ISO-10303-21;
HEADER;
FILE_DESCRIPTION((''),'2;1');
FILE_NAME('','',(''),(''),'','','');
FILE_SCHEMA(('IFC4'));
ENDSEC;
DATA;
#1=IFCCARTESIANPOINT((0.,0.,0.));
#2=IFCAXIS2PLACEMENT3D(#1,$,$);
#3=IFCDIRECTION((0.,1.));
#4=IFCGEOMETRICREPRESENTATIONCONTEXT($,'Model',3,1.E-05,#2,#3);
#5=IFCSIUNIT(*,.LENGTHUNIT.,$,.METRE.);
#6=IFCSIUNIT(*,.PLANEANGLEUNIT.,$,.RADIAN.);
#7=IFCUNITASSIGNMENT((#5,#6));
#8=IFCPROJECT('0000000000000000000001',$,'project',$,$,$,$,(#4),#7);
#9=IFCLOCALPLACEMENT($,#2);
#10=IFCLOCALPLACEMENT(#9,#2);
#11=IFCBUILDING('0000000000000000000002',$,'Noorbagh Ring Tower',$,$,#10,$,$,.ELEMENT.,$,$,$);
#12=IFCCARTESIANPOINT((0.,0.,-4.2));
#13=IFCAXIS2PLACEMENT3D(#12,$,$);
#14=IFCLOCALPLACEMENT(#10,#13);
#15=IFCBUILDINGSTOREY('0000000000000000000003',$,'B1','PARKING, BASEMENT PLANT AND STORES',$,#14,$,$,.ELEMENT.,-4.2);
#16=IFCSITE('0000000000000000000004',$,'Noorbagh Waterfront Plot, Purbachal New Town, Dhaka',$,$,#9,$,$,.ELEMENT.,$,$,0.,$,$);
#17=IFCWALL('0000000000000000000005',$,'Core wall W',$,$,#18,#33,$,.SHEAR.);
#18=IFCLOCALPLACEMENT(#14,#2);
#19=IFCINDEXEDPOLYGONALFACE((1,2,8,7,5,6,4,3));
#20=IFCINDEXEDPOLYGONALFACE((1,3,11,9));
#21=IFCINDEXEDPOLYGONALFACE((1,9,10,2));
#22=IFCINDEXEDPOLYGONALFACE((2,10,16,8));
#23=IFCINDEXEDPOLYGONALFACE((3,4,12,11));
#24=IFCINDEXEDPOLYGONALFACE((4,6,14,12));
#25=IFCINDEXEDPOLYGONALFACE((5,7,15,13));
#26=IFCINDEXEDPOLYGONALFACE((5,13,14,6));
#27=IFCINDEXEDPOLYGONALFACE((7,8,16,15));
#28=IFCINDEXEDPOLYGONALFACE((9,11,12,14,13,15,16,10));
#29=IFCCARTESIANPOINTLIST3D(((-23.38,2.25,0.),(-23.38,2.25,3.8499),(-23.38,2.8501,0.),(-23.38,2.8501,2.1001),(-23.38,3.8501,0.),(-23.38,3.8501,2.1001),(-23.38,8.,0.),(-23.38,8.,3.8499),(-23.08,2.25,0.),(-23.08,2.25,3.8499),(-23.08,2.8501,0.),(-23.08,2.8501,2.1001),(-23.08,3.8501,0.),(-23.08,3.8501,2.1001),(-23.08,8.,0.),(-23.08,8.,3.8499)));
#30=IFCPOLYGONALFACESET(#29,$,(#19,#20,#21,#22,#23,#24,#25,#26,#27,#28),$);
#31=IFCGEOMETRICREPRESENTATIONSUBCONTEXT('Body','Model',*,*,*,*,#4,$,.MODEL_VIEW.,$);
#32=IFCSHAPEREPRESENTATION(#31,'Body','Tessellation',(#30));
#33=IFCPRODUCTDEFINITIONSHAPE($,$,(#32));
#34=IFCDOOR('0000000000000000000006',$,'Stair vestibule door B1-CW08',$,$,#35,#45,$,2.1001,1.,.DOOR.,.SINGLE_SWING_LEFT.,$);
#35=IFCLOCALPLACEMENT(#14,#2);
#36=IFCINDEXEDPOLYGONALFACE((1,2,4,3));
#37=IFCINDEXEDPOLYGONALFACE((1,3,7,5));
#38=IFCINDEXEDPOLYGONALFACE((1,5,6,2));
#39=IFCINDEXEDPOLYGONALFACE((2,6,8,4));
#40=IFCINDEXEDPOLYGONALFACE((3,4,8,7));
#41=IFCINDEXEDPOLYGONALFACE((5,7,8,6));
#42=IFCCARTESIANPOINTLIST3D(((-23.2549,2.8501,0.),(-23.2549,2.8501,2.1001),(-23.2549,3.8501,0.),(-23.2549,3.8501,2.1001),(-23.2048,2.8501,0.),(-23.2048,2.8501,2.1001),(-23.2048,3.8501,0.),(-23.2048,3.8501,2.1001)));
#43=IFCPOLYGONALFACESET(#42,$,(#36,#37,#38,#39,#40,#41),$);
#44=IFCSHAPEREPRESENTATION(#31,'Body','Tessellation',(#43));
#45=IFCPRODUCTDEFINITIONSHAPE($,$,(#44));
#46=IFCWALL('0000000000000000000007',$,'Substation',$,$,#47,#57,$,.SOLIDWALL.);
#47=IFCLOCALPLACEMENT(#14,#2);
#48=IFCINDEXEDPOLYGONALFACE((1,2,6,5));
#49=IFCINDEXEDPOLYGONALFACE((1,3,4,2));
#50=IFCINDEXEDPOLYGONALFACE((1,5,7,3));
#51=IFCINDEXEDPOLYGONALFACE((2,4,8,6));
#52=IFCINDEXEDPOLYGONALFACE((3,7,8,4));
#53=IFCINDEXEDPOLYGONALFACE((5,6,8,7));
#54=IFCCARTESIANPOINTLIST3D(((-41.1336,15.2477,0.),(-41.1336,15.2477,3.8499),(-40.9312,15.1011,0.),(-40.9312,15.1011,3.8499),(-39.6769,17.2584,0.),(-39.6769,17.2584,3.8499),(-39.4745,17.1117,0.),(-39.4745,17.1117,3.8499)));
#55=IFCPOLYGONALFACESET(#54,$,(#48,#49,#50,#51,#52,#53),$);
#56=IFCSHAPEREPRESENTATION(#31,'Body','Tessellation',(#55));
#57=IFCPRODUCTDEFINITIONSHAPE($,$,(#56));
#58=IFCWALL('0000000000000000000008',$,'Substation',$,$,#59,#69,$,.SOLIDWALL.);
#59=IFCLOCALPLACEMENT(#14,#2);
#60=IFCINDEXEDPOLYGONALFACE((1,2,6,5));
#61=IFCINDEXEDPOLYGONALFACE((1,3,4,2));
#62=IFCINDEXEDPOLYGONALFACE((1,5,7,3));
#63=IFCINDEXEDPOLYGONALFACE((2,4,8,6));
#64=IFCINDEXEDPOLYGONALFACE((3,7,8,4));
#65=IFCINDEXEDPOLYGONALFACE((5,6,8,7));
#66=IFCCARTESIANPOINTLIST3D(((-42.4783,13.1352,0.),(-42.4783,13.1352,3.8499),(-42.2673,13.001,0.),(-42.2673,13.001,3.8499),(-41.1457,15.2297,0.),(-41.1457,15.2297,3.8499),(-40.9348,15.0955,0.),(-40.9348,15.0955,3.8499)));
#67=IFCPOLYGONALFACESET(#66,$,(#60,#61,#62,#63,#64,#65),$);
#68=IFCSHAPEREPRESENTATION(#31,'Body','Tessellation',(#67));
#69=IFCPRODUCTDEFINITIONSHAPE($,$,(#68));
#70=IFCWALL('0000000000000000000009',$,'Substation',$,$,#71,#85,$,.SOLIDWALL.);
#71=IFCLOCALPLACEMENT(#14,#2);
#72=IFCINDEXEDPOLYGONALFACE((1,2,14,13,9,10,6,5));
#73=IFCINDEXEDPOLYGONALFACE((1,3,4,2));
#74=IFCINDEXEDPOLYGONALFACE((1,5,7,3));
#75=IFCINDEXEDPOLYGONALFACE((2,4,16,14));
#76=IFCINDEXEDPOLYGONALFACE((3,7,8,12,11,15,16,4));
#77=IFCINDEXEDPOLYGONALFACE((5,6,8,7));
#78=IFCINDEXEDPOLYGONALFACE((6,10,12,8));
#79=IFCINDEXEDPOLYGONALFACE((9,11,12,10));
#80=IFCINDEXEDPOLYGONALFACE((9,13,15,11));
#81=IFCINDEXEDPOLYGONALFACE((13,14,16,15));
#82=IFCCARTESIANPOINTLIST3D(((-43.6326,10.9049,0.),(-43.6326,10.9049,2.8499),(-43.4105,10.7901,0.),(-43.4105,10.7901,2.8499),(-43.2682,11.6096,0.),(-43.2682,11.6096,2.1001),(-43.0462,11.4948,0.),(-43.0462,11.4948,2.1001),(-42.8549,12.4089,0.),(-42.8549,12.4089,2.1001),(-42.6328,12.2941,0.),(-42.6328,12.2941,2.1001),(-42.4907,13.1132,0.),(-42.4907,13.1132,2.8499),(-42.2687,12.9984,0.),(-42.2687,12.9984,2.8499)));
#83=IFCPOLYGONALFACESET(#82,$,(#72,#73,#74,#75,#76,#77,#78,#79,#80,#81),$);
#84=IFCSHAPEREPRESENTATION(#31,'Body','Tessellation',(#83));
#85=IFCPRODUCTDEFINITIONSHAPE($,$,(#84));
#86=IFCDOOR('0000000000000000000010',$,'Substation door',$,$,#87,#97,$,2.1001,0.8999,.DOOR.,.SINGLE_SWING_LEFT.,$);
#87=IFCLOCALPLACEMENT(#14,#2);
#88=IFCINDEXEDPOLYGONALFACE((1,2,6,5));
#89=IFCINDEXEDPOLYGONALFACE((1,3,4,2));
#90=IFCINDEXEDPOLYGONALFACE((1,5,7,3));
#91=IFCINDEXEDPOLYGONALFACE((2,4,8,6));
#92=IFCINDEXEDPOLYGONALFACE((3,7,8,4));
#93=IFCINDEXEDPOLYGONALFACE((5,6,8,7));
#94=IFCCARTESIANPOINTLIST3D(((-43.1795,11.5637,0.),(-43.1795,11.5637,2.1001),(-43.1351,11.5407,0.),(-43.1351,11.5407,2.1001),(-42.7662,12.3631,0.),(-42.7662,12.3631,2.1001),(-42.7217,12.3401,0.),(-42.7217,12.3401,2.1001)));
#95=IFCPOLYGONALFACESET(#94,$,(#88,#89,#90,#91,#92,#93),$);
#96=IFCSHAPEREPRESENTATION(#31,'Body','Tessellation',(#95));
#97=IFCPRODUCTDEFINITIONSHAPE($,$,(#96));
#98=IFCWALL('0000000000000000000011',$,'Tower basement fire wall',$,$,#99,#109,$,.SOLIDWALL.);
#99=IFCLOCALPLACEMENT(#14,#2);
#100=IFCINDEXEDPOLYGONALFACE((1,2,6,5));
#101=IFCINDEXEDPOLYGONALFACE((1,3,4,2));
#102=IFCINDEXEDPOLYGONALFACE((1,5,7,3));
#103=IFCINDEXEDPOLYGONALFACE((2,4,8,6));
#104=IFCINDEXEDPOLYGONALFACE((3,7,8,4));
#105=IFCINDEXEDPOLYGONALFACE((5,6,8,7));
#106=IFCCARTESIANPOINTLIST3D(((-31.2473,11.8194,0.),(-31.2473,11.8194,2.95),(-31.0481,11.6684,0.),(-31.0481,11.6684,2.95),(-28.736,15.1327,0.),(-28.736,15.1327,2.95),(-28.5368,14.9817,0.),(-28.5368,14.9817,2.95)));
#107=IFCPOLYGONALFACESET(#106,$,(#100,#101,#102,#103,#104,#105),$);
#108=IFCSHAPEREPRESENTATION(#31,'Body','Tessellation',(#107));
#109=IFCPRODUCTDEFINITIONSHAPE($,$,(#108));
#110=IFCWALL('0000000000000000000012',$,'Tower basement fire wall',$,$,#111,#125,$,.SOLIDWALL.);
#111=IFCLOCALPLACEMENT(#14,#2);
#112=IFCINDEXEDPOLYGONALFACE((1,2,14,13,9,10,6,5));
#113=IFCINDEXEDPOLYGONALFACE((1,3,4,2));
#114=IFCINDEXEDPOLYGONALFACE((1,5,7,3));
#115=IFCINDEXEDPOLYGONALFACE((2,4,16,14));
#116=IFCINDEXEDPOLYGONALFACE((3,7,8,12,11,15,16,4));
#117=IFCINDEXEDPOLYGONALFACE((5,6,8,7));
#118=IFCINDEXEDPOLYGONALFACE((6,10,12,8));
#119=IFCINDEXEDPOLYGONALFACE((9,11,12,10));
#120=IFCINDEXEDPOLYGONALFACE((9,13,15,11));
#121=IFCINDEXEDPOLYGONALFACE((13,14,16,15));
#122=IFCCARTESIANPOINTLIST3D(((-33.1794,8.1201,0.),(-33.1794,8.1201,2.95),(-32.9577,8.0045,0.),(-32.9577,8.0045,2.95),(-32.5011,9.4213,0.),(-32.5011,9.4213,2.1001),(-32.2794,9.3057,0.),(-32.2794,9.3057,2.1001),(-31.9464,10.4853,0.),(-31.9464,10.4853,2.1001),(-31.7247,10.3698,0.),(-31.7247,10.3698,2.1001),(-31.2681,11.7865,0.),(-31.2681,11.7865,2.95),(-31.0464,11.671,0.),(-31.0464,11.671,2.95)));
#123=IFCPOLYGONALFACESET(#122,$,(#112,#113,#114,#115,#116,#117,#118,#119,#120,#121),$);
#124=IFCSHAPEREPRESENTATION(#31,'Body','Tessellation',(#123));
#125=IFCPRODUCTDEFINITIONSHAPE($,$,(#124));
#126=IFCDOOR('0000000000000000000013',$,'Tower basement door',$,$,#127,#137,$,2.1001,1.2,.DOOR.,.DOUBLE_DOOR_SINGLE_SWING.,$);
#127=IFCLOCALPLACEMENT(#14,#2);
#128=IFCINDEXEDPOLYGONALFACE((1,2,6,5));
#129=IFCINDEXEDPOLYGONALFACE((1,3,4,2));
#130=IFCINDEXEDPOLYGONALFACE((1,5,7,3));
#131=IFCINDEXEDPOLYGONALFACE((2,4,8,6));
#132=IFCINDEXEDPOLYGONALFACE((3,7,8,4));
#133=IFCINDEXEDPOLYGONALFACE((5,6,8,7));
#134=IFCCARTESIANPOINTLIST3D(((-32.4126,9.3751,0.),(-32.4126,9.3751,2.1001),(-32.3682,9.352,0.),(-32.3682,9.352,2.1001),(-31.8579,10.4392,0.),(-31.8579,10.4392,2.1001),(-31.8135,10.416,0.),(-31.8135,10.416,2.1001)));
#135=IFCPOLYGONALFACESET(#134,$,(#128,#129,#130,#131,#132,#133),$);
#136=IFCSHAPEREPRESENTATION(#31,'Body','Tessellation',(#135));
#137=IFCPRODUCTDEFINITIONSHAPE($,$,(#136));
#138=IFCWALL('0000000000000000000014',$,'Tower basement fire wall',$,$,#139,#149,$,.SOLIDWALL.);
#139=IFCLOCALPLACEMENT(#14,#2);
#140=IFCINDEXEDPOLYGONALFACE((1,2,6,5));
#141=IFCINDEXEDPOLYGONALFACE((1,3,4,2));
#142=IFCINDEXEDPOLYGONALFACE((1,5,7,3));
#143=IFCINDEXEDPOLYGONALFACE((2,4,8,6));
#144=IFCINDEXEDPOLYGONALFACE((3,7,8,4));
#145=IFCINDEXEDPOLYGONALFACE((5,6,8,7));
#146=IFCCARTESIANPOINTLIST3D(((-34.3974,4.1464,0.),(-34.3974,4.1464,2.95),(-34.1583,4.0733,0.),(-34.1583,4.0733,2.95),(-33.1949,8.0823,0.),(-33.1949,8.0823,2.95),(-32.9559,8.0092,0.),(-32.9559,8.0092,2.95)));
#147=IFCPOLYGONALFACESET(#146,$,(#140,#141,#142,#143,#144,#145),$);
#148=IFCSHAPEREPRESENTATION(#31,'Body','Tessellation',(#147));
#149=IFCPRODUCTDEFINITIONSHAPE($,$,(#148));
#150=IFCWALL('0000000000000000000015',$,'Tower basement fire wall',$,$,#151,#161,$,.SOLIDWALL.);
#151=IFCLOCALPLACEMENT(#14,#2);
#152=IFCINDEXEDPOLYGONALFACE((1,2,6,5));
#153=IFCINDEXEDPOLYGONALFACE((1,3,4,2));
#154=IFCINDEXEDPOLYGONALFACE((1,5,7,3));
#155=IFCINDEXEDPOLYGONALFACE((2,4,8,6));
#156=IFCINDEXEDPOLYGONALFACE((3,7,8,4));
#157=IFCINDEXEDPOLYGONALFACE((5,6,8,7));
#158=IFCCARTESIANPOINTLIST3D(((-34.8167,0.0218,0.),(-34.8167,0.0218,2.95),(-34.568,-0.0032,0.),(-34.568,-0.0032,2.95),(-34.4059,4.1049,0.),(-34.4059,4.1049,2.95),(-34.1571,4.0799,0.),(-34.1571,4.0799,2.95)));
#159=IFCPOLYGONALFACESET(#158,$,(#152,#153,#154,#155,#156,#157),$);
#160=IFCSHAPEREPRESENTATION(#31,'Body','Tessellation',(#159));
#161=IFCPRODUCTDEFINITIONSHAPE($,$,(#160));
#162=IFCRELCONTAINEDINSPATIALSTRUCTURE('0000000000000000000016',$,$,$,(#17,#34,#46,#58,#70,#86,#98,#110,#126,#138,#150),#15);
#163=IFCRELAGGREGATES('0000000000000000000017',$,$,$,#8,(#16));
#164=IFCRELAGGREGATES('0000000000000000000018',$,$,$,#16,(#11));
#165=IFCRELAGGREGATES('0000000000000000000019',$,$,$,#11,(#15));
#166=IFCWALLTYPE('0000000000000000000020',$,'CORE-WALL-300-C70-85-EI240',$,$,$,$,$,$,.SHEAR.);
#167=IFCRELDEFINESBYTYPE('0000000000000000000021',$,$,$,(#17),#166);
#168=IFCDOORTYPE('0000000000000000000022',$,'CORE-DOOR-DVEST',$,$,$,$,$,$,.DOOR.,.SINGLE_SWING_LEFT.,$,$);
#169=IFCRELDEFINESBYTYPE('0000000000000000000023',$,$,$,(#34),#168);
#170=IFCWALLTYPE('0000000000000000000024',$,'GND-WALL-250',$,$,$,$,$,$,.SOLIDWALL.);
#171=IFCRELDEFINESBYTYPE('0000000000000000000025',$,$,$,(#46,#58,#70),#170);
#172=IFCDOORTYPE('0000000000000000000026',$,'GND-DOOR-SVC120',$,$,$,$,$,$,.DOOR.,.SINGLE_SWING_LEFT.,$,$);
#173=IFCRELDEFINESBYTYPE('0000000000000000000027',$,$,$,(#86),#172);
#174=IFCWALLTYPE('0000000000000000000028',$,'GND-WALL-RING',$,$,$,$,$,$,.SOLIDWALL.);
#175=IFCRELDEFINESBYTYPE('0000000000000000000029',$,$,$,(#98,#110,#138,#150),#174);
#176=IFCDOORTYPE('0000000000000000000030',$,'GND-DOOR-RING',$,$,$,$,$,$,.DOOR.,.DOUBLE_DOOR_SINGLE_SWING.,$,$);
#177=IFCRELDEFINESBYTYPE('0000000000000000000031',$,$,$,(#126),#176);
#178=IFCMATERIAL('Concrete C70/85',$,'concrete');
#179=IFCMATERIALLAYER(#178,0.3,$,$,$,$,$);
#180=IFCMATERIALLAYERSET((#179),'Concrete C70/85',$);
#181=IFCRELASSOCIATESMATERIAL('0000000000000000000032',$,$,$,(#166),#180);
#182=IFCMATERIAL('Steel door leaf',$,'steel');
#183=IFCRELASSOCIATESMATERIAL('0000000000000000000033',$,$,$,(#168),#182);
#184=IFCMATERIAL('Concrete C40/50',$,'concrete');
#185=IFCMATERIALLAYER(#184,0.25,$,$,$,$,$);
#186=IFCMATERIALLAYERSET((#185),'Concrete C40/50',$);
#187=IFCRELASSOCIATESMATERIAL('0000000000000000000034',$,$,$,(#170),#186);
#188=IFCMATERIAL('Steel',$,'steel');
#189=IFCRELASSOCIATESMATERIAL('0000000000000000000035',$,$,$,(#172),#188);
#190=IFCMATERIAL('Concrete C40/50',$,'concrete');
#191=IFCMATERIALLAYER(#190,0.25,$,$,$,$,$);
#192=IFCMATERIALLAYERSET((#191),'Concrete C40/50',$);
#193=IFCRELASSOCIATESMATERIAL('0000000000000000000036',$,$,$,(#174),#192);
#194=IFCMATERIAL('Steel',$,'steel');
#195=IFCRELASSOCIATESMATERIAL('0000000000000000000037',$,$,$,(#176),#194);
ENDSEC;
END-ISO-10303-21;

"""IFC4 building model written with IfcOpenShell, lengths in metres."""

from ifc_helpers import new_model, si_unit, direction, frame, frame_2d, origin, place, context, subcontext, project, spatial, rectangle, extrude, material, layer, layer_set, type_object, element, fill, save


model = new_model("IFC4")

# Units and contexts
model_context = context("Model", 3, precision=1e-05, world=origin(), true_north=direction((0.0, 1.0)))
body_context = subcontext(model_context, "Body", "Model", "MODEL_VIEW")
ifc_project = project(units=[si_unit("LENGTHUNIT", "METRE"), si_unit("PLANEANGLEUNIT", "RADIAN")], contexts=[model_context])

# Site, building, storey
site_placement = place(None, origin())
site = spatial("IfcSite", under=ifc_project, at=site_placement, Name="Noorbagh Waterfront Plot, Purbachal New Town, Dhaka", CompositionType="ELEMENT", RefElevation=0.0)
building_placement = place(site_placement, origin())
building = spatial("IfcBuilding", under=site, at=building_placement, Name="Noorbagh Ring Tower", CompositionType="ELEMENT")
storey_placement = place(building_placement, frame((0.0, 0.0, -4.2)))
storey = spatial("IfcBuildingStorey", under=building, at=storey_placement, Name="B1", Description="PARKING, BASEMENT PLANT AND STORES", CompositionType="ELEMENT", Elevation=-4.2)

# Wall, opening, door
ifc_material_1 = material(Name="Concrete C70/85", Category="concrete")
ifc_layer_1 = layer(ifc_material_1, 0.3)
ifc_layer_set_1 = layer_set([ifc_layer_1], Name="Concrete C70/85")
wall_type_1 = type_object("IfcWallType", Name="CORE-WALL-300-C70-85-EI240", PredefinedType="SHEAR", material=ifc_layer_set_1)
wall_1_placement = place(storey_placement, frame((-23.23, 2.25, 0.0), z_axis=(0.0, 0.0, 1.0), x_axis=(0.0, 1.0, 0.0)))
wall_1 = element("IfcWall", 1, at=wall_1_placement, inside=storey, type_object=wall_type_1, Name="Core wall W", PredefinedType="SHEAR", context=body_context, shape_type="SweptSolid", body=[
    extrude(rectangle(XDim=5.75, YDim=0.3, at=frame_2d((2.875, 0.0))), origin(), (0.0, 0.0, 1.0), 3.8499),
])
opening_1_placement = place(wall_1_placement, frame((0.6001, 0.0, 0.0)))
opening_1 = element("IfcOpeningElement", 2, at=opening_1_placement, cuts=wall_1, PredefinedType="OPENING", context=body_context, shape_type="SweptSolid", body=[
    extrude(rectangle(XDim=1.0, YDim=2.1001, at=frame_2d((0.5, 1.05))), frame((0.0, 0.1602, 0.0), z_axis=(0.0, -1.0, 0.0), x_axis=(1.0, 0.0, 0.0)), (0.0, 0.0, 1.0), 0.3201),
])
ifc_material_2 = material(Name="Steel door leaf", Category="steel")
door_type_1 = type_object("IfcDoorType", Name="CORE-DOOR-DVEST", OperationType="SINGLE_SWING_LEFT", PredefinedType="DOOR", material=ifc_material_2)
door_1_placement = place(opening_1_placement, origin())
door_1 = element("IfcDoor", 3, at=door_1_placement, inside=storey, type_object=door_type_1, Name="Stair vestibule door B1-CW08", OperationType="SINGLE_SWING_LEFT", OverallHeight=2.1001, OverallWidth=1.0, PredefinedType="DOOR", context=body_context, shape_type="SweptSolid", body=[
    extrude(rectangle(XDim=1.0, YDim=2.1001, at=frame_2d((0.5, 1.05))), frame((0.0, 0.0249, 0.0), z_axis=(0.0, -1.0, 0.0), x_axis=(1.0, 0.0, 0.0)), (0.0, 0.0, 1.0), 0.05),
])
fill(opening_1, door_1)

# Walls
ifc_material_3 = material(Name="Concrete C40/50", Category="concrete")
ifc_layer_2 = layer(ifc_material_3, 0.25)
ifc_layer_set_2 = layer_set([ifc_layer_2], Name="Concrete C40/50")
wall_type_2 = type_object("IfcWallType", Name="GND-WALL-250", PredefinedType="SOLIDWALL", material=ifc_layer_set_2)
wall_2_placement = place(storey_placement, frame((-39.5757, 17.1851, 0.0), z_axis=(0.0, 0.0, 1.0), x_axis=(-0.586703, -0.809802, 0.0)))
element("IfcWall", 4, at=wall_2_placement, inside=storey, type_object=wall_type_2, Name="Substation", PredefinedType="SOLIDWALL", context=body_context, shape_type="SweptSolid", body=[
    extrude(rectangle(XDim=2.4829, YDim=0.25, at=frame_2d((1.2415, 0.0))), origin(), (0.0, 0.0, 1.0), 3.8499),
])
wall_3_placement = place(storey_placement, frame((-41.0403, 15.1626, 0.0), z_axis=(0.0, 0.0, 1.0), x_axis=(-0.53678, -0.843722, 0.0)))
element("IfcWall", 5, at=wall_3_placement, inside=storey, type_object=wall_type_2, Name="Substation", PredefinedType="SOLIDWALL", context=body_context, shape_type="SweptSolid", body=[
    extrude(rectangle(XDim=2.4824, YDim=0.25, at=frame_2d((1.2412, 0.0))), origin(), (0.0, 0.0, 1.0), 3.8499),
])

# Wall, opening, door
wall_4_placement = place(storey_placement, frame((-42.3796, 13.0559, 0.0), z_axis=(0.0, 0.0, 1.0), x_axis=(-0.459311, -0.888276, 0.0)))
wall_4 = element("IfcWall", 6, at=wall_4_placement, inside=storey, type_object=wall_type_2, Name="Substation", PredefinedType="SOLIDWALL", context=body_context, shape_type="SweptSolid", body=[
    extrude(rectangle(XDim=2.4861, YDim=0.25, at=frame_2d((1.2432, 0.0))), origin(), (0.0, 0.0, 1.0), 2.8499),
])
opening_2_placement = place(wall_4_placement, frame((0.793, 0.0, 0.0)))
opening_2 = element("IfcOpeningElement", 7, at=opening_2_placement, cuts=wall_4, PredefinedType="OPENING", context=body_context, shape_type="SweptSolid", body=[
    extrude(rectangle(XDim=0.8999, YDim=2.1001, at=frame_2d((0.45, 1.05))), frame((0.0, 0.135, 0.0), z_axis=(0.0, -1.0, 0.0), x_axis=(1.0, 0.0, 0.0)), (0.0, 0.0, 1.0), 0.27),
])
ifc_material_4 = material(Name="Steel", Category="steel")
door_type_2 = type_object("IfcDoorType", Name="GND-DOOR-SVC120", OperationType="SINGLE_SWING_LEFT", PredefinedType="DOOR", material=ifc_material_4)
door_2_placement = place(opening_2_placement, origin())
door_2 = element("IfcDoor", 8, at=door_2_placement, inside=storey, type_object=door_type_2, Name="Substation door", OperationType="SINGLE_SWING_LEFT", OverallHeight=2.1001, OverallWidth=0.8999, PredefinedType="DOOR", context=body_context, shape_type="SweptSolid", body=[
    extrude(rectangle(XDim=0.8999, YDim=2.1001, at=frame_2d((0.45, 1.05))), frame((0.0, 0.0249, 0.0), z_axis=(0.0, -1.0, 0.0), x_axis=(1.0, 0.0, 0.0)), (0.0, 0.0, 1.0), 0.05),
])
fill(opening_2, door_2)

# Wall
ifc_material_5 = material(Name="Concrete C40/50", Category="concrete")
ifc_layer_3 = layer(ifc_material_5, 0.25)
ifc_layer_set_3 = layer_set([ifc_layer_3], Name="Concrete C40/50")
wall_type_3 = type_object("IfcWallType", Name="GND-WALL-RING", PredefinedType="SOLIDWALL", material=ifc_layer_set_3)
wall_5_placement = place(storey_placement, frame((-28.6365, 15.0571, 0.0), z_axis=(0.0, 0.0, 1.0), x_axis=(-0.604042, -0.796953, 0.0)))
element("IfcWall", 9, at=wall_5_placement, inside=storey, type_object=wall_type_3, Name="Tower basement fire wall", PredefinedType="SOLIDWALL", context=body_context, shape_type="SweptSolid", body=[
    extrude(rectangle(XDim=4.1575, YDim=0.25, at=frame_2d((2.0786, 0.0))), origin(), (0.0, 0.0, 1.0), 2.95),
])

# Wall, opening, door
wall_6_placement = place(storey_placement, frame((-31.1572, 11.7288, 0.0), z_axis=(0.0, 0.0, 1.0), x_axis=(-0.462265, -0.886742, 0.0)))
wall_6 = element("IfcWall", 10, at=wall_6_placement, inside=storey, type_object=wall_type_3, Name="Tower basement fire wall", PredefinedType="SOLIDWALL", context=body_context, shape_type="SweptSolid", body=[
    extrude(rectangle(XDim=4.1348, YDim=0.25, at=frame_2d((2.0674, 0.0))), origin(), (0.0, 0.0, 1.0), 2.95),
])
opening_3_placement = place(wall_6_placement, frame((1.4673, 0.0, 0.0)))
opening_3 = element("IfcOpeningElement", 11, at=opening_3_placement, cuts=wall_6, PredefinedType="OPENING", context=body_context, shape_type="SweptSolid", body=[
    extrude(rectangle(XDim=1.2, YDim=2.1001, at=frame_2d((0.6001, 1.05))), frame((0.0, 0.135, 0.0), z_axis=(0.0, -1.0, 0.0), x_axis=(1.0, 0.0, 0.0)), (0.0, 0.0, 1.0), 0.27),
])
ifc_material_6 = material(Name="Steel", Category="steel")
door_type_3 = type_object("IfcDoorType", Name="GND-DOOR-RING", OperationType="DOUBLE_DOOR_SINGLE_SWING", PredefinedType="DOOR", material=ifc_material_6)
door_3_placement = place(opening_3_placement, origin())
door_3 = element("IfcDoor", 12, at=door_3_placement, inside=storey, type_object=door_type_3, Name="Tower basement door", OperationType="DOUBLE_DOOR_SINGLE_SWING", OverallHeight=2.1001, OverallWidth=1.2, PredefinedType="DOOR", context=body_context, shape_type="SweptSolid", body=[
    extrude(rectangle(XDim=1.2, YDim=2.1001, at=frame_2d((0.6001, 1.05))), frame((0.0, 0.0249, 0.0), z_axis=(0.0, -1.0, 0.0), x_axis=(1.0, 0.0, 0.0)), (0.0, 0.0, 1.0), 0.05),
])
fill(opening_3, door_3)

# Walls
wall_7_placement = place(storey_placement, frame((-33.0754, 8.0457, 0.0), z_axis=(0.0, 0.0, 1.0), x_axis=(-0.292172, -0.956366, 0.0)))
element("IfcWall", 13, at=wall_7_placement, inside=storey, type_object=wall_type_3, Name="Tower basement fire wall", PredefinedType="SOLIDWALL", context=body_context, shape_type="SweptSolid", body=[
    extrude(rectangle(XDim=4.1155, YDim=0.25, at=frame_2d((2.0576, 0.0))), origin(), (0.0, 0.0, 1.0), 2.95),
])
wall_8_placement = place(storey_placement, frame((-34.2815, 4.0923, 0.0), z_axis=(0.0, 0.0, 1.0), x_axis=(-0.100122, -0.994975, 0.0)))
element("IfcWall", 14, at=wall_8_placement, inside=storey, type_object=wall_type_3, Name="Tower basement fire wall", PredefinedType="SOLIDWALL", context=body_context, shape_type="SweptSolid", body=[
    extrude(rectangle(XDim=4.1038, YDim=0.25, at=frame_2d((2.0518, 0.0))), origin(), (0.0, 0.0, 1.0), 2.95),
])

save(model, "model.ifc")
